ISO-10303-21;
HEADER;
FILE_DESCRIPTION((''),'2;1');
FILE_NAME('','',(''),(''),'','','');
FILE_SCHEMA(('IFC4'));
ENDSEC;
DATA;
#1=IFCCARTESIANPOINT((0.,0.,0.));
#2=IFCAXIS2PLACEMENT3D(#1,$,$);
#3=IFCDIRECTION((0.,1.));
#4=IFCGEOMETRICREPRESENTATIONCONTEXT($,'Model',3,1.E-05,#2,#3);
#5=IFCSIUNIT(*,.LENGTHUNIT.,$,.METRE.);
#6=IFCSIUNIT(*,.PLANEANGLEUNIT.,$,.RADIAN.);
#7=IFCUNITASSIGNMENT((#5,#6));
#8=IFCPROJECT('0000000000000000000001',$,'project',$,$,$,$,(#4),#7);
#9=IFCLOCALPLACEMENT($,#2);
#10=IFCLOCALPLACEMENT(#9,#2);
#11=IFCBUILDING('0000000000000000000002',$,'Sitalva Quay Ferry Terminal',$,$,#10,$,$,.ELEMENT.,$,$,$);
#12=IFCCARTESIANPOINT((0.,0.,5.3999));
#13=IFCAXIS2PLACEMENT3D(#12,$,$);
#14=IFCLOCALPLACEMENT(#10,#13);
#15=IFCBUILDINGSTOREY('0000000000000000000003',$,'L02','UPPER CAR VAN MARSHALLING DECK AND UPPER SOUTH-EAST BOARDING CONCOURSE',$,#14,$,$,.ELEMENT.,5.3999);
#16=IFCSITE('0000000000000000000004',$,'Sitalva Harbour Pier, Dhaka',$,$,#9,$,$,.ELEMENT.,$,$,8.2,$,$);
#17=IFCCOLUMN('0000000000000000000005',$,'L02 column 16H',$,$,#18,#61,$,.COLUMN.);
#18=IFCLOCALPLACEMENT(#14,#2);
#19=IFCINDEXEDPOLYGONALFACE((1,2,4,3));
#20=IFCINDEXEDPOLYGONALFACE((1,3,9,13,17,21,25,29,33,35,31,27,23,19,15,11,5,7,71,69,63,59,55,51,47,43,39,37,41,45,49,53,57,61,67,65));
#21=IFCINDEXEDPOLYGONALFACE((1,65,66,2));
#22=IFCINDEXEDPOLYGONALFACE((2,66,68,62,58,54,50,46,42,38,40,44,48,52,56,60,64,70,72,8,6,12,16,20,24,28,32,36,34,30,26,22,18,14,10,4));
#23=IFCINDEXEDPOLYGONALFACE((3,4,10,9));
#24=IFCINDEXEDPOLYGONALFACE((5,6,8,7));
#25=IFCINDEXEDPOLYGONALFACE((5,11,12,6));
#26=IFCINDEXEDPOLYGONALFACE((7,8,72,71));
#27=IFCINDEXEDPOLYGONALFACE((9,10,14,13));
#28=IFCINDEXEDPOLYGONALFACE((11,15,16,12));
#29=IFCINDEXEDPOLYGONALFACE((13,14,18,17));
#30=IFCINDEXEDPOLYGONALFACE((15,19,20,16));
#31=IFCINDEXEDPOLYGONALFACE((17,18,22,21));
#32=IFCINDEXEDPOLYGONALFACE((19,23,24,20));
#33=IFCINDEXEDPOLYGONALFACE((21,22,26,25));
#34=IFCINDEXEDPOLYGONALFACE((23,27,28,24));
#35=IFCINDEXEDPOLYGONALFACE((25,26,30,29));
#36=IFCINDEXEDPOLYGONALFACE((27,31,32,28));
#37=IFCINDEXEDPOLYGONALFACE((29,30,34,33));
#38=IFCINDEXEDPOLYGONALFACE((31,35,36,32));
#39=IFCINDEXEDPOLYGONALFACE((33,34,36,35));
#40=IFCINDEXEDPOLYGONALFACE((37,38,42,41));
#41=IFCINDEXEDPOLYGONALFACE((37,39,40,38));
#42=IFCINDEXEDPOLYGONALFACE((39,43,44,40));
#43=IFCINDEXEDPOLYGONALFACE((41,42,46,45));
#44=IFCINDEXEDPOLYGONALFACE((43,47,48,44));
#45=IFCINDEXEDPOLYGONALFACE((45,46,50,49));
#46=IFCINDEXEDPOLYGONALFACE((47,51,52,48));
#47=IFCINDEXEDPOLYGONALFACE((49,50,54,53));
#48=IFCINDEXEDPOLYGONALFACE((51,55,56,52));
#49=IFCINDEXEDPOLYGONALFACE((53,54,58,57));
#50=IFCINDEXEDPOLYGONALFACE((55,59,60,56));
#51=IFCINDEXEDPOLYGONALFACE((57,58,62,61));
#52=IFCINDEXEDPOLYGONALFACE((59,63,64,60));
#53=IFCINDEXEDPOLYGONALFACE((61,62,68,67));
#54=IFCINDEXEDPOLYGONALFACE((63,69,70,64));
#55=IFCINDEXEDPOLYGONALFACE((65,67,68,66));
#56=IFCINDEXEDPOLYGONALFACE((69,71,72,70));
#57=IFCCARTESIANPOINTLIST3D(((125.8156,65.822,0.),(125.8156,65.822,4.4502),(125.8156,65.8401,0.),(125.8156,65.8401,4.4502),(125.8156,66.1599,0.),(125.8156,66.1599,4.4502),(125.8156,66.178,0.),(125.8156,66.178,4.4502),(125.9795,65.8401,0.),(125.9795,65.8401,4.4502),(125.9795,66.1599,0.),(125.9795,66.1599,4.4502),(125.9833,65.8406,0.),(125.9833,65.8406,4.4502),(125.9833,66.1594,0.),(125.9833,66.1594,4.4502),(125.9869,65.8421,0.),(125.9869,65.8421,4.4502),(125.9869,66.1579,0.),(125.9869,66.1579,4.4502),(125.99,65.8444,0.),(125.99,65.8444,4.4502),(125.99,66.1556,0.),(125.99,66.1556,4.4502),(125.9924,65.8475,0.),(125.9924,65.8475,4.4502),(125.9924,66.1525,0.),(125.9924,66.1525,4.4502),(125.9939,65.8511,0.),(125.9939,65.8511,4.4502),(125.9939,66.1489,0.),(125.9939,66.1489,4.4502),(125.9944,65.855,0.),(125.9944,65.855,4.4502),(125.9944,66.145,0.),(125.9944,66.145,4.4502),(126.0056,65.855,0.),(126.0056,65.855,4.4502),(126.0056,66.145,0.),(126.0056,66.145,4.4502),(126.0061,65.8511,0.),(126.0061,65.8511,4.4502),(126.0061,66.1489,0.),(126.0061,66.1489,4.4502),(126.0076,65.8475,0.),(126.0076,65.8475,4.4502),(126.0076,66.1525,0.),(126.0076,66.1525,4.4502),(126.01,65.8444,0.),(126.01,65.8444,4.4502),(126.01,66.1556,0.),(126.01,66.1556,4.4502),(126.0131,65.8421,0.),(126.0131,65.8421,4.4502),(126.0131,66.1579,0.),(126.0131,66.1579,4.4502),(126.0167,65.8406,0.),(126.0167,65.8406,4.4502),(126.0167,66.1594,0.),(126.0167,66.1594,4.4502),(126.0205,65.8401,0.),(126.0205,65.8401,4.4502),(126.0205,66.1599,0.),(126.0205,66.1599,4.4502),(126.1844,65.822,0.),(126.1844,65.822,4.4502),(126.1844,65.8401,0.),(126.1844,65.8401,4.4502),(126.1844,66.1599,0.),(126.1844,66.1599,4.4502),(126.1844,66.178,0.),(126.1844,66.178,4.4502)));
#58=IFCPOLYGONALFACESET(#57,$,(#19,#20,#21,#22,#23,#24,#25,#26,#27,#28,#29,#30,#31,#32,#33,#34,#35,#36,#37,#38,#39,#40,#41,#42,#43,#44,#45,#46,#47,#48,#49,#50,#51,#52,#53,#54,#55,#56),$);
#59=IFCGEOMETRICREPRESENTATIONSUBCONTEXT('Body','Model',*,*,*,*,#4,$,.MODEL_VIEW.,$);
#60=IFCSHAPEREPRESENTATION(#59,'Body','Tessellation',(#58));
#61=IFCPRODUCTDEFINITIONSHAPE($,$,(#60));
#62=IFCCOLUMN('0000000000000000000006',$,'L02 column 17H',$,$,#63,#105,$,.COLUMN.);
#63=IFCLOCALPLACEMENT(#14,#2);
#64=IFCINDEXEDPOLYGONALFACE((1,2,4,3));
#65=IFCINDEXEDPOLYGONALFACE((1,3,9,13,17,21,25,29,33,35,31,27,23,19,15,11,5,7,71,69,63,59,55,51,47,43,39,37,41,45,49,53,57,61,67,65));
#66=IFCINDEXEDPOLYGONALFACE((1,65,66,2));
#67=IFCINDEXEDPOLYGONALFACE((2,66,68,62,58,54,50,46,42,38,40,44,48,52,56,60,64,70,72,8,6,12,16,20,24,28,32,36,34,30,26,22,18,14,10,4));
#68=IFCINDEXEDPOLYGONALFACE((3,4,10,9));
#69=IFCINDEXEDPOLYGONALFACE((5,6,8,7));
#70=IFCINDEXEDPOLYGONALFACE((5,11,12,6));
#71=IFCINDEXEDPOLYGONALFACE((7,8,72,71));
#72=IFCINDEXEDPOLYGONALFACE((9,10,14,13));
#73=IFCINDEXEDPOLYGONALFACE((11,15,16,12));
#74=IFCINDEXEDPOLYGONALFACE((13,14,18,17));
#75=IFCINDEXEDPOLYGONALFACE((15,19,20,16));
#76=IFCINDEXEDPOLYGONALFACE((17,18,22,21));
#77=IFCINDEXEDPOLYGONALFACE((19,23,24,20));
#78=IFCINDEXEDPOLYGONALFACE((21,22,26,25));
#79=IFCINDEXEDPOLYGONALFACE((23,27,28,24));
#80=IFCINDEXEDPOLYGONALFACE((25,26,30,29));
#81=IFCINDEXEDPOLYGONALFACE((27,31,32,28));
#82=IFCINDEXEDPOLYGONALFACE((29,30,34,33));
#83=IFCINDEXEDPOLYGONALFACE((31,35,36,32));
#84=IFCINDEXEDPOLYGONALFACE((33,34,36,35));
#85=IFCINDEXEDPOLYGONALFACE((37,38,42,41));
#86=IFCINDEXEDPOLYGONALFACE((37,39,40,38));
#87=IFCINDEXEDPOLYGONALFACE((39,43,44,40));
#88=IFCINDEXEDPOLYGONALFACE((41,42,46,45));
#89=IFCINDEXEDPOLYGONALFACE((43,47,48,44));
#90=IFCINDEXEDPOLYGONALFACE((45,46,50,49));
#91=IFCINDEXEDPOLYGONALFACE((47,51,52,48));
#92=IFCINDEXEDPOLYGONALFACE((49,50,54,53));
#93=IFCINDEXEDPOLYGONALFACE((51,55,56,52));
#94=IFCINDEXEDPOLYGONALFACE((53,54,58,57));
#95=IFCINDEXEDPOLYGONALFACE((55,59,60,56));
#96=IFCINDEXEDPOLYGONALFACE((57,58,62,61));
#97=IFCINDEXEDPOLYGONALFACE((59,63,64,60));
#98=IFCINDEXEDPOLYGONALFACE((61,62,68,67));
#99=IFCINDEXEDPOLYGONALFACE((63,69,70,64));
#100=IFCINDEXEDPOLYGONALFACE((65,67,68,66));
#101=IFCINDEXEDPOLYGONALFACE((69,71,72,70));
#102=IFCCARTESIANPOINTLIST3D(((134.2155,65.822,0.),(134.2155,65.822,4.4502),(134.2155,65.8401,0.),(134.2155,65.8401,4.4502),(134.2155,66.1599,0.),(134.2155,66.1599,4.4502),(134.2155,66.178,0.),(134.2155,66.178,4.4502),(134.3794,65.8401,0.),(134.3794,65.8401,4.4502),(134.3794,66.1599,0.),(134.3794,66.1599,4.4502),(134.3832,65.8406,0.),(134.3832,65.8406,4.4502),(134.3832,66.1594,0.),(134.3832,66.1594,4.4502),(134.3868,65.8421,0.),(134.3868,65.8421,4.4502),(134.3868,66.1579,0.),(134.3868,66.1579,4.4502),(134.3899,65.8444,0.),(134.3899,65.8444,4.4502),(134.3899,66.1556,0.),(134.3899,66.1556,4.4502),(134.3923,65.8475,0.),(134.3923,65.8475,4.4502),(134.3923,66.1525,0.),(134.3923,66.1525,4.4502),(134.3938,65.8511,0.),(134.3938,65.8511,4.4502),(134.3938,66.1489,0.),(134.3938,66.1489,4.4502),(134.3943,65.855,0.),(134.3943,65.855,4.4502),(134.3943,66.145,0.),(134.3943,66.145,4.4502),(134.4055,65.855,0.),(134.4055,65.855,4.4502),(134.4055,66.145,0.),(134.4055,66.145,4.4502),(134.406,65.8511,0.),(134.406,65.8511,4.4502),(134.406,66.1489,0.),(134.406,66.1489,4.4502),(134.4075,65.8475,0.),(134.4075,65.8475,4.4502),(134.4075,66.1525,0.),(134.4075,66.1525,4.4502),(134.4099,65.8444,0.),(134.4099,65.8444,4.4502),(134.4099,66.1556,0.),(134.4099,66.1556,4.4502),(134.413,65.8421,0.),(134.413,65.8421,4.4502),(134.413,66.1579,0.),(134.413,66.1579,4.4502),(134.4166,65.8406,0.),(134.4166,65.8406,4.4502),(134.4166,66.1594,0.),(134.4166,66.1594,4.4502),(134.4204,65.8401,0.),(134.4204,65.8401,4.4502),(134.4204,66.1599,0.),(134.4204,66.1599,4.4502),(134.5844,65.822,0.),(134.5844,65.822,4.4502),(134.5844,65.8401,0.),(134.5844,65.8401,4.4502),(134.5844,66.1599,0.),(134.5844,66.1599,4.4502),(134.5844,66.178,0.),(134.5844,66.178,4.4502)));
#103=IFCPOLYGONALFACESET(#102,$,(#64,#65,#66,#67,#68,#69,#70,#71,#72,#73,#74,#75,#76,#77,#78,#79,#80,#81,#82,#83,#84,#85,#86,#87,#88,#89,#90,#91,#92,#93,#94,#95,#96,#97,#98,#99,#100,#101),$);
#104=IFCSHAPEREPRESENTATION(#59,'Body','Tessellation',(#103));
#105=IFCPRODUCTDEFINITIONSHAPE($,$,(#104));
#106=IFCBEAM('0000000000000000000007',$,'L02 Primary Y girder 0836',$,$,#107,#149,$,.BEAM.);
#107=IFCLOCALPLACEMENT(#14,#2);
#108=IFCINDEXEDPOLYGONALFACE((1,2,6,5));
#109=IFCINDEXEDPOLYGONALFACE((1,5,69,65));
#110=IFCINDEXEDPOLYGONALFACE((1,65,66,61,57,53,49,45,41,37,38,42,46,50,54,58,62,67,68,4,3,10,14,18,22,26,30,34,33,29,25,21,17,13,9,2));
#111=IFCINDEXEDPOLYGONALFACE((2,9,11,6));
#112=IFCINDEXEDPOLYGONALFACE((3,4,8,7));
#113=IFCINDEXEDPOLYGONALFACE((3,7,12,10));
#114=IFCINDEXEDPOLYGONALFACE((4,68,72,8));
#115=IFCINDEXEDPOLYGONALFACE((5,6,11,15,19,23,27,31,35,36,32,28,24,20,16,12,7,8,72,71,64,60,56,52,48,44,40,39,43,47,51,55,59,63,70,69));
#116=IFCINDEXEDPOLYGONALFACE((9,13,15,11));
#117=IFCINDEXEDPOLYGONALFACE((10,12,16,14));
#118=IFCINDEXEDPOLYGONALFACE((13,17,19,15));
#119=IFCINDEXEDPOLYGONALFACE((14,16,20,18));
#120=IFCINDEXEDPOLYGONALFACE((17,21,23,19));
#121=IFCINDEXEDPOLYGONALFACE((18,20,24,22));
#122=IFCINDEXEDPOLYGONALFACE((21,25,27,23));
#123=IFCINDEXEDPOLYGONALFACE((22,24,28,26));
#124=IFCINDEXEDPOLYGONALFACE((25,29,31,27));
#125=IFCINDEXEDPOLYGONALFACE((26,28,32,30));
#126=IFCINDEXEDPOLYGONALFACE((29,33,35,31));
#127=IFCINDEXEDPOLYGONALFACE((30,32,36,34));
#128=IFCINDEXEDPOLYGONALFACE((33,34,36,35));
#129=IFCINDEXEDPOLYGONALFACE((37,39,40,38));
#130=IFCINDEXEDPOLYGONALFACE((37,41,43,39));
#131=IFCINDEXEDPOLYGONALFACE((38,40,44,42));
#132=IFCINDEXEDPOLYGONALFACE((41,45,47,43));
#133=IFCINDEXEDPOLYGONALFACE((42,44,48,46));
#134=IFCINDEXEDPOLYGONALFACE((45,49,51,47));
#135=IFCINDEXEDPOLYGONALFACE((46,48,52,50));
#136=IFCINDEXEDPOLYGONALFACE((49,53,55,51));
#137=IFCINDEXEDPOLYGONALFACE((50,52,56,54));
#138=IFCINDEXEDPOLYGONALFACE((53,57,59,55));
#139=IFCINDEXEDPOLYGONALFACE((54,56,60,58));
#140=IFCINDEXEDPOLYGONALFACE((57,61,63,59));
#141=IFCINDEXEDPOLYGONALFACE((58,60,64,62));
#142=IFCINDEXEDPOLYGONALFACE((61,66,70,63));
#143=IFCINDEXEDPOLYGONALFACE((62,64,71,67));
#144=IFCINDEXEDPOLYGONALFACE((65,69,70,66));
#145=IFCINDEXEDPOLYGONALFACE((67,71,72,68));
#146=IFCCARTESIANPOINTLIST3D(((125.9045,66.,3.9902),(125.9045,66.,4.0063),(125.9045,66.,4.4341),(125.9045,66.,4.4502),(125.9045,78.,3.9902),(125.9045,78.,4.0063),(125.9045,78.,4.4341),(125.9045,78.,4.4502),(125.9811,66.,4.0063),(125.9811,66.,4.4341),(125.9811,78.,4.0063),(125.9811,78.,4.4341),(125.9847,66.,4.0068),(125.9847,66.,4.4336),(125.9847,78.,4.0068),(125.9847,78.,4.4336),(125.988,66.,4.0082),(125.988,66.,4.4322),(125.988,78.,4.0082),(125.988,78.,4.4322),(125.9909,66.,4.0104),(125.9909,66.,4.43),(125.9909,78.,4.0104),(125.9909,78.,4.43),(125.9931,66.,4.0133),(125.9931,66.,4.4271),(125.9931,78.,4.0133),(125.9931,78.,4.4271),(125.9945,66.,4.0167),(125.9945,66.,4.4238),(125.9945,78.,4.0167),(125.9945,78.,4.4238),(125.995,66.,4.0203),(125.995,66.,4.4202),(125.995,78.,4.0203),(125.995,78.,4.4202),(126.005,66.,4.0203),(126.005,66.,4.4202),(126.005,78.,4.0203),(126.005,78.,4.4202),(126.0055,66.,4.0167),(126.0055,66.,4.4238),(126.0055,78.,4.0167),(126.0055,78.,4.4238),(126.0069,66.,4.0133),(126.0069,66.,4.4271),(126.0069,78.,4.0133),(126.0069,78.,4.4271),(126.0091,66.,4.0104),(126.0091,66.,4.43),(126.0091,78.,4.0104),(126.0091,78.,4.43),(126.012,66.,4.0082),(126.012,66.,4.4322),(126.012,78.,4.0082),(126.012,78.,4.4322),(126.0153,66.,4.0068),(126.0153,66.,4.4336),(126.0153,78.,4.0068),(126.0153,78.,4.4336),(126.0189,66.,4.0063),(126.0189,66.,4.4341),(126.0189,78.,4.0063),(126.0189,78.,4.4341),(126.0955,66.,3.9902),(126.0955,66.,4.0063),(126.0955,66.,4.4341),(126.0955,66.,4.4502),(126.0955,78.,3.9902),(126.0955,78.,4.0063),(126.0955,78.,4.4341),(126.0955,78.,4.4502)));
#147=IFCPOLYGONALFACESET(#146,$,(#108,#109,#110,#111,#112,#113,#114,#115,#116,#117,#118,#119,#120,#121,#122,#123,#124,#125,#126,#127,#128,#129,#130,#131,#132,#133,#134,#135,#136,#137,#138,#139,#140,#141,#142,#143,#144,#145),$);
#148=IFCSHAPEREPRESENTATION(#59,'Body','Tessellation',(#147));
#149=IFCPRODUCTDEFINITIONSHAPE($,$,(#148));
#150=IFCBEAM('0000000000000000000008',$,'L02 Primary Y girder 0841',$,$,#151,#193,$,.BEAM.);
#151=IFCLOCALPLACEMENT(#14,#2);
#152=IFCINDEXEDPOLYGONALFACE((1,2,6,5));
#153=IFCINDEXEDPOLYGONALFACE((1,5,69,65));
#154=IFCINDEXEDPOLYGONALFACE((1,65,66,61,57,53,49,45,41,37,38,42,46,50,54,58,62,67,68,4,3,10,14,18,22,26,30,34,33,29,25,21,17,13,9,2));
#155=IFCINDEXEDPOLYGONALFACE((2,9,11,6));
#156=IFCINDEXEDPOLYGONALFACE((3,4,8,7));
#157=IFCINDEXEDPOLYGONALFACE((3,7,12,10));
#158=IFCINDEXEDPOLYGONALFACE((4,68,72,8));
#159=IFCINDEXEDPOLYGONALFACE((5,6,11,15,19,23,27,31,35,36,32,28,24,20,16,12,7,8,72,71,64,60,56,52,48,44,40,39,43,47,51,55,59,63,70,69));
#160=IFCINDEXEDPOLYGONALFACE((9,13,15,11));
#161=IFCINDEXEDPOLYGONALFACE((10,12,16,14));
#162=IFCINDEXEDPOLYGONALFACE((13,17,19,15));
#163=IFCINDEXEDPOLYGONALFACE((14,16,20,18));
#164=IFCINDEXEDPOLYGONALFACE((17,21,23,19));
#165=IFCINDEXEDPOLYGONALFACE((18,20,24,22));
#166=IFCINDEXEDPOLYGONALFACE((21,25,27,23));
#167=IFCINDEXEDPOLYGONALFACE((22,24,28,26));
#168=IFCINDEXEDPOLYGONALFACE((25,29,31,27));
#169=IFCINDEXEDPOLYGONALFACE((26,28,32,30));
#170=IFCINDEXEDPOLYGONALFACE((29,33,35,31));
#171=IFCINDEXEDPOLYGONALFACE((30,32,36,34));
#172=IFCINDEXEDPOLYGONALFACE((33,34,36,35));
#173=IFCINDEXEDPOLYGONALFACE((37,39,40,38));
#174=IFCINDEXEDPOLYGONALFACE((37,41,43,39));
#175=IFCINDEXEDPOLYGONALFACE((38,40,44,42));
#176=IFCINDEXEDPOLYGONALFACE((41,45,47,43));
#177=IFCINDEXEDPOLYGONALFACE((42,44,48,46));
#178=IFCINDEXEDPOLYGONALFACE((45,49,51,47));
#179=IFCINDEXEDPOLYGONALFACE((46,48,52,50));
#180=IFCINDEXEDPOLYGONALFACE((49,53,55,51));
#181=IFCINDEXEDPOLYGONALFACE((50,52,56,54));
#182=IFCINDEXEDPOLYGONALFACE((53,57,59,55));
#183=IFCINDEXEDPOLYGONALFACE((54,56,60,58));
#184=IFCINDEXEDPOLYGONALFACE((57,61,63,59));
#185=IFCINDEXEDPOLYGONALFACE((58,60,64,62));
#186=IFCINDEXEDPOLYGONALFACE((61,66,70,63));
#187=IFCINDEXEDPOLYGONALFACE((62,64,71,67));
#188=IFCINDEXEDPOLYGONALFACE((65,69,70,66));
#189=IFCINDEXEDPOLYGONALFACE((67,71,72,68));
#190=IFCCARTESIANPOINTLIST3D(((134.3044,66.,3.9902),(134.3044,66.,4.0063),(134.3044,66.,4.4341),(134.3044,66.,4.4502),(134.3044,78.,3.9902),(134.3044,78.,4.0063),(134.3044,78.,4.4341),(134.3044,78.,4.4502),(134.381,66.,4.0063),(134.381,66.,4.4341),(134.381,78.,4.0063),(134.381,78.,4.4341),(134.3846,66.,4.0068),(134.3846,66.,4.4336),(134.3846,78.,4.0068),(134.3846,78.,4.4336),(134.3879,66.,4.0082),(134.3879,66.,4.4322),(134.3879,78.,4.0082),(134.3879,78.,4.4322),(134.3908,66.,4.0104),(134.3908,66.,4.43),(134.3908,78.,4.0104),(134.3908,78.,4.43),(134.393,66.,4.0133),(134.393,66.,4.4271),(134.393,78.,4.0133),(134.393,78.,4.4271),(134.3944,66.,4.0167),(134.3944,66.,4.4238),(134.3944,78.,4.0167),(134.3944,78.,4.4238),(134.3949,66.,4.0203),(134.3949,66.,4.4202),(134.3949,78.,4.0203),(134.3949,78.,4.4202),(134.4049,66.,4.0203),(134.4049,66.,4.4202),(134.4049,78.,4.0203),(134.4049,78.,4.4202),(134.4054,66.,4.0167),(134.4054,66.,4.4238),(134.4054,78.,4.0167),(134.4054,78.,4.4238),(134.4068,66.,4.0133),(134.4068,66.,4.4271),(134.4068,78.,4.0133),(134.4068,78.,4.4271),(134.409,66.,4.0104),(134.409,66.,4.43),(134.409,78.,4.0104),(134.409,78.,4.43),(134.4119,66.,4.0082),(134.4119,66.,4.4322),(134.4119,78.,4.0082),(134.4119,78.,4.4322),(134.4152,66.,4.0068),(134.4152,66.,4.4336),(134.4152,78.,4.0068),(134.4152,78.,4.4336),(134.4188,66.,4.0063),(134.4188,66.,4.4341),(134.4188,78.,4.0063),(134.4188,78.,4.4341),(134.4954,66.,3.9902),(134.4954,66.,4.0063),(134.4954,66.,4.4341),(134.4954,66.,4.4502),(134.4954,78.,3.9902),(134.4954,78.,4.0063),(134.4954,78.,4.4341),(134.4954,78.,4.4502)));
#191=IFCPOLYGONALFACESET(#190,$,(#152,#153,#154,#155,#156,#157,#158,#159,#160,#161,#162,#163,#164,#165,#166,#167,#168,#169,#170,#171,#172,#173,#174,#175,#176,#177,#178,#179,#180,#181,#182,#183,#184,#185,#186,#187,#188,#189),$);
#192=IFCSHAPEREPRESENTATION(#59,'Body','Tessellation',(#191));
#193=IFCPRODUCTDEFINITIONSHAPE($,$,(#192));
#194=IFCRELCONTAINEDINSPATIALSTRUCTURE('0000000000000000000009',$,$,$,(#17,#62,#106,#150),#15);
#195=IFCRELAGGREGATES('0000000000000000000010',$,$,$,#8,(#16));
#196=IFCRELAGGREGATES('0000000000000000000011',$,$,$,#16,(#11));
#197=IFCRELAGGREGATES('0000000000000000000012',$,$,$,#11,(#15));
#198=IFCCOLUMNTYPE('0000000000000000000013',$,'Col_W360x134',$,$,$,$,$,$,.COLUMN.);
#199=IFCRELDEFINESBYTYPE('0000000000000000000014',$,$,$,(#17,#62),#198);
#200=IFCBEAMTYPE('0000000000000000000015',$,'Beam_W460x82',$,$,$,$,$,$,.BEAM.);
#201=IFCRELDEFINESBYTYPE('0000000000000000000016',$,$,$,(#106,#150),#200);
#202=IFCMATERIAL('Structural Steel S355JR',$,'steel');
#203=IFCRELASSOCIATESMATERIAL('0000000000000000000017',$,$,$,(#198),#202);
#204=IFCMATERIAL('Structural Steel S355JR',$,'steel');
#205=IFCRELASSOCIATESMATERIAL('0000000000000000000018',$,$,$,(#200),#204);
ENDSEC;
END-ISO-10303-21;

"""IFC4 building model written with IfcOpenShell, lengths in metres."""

from ifc_helpers import new_model, si_unit, direction, frame, origin, origin_2d, place, context, subcontext, project, spatial, i_section, extrude, material, material_profile, profile_set, type_object, element, save


model = new_model("IFC4")

# Units and contexts
model_context = context("Model", 3, precision=1e-05, world=origin(), true_north=direction((0.0, 1.0)))
body_context = subcontext(model_context, "Body", "Model", "MODEL_VIEW")
ifc_project = project(units=[si_unit("LENGTHUNIT", "METRE"), si_unit("PLANEANGLEUNIT", "RADIAN")], contexts=[model_context])

# Site, building, storey
site_placement = place(None, origin())
site = spatial("IfcSite", under=ifc_project, at=site_placement, Name="Sitalva Harbour Pier, Dhaka", CompositionType="ELEMENT", RefElevation=8.2)
building_placement = place(site_placement, origin())
building = spatial("IfcBuilding", under=site, at=building_placement, Name="Sitalva Quay Ferry Terminal", CompositionType="ELEMENT")
storey_placement = place(building_placement, frame((0.0, 0.0, 5.3999)))
storey = spatial("IfcBuildingStorey", under=building, at=storey_placement, Name="L02", Description="UPPER CAR VAN MARSHALLING DECK AND UPPER SOUTH-EAST BOARDING CONCOURSE", CompositionType="ELEMENT", Elevation=5.3999)

# Columns
ifc_material_1 = material(Name="Structural Steel S355JR", Category="steel")
ifc_material_profile_1 = material_profile(ifc_material_1, i_section(OverallWidth=0.3689, OverallDepth=0.356, WebThickness=0.0112, FlangeThickness=0.0181, FilletRadius=0.0149, at=origin_2d()), Name="W360x134")
ifc_profile_set_1 = profile_set([ifc_material_profile_1], Name="Structural Steel S355JR")
column_type = type_object("IfcColumnType", Name="Col_W360x134", PredefinedType="COLUMN", material=ifc_profile_set_1)
for number, where, z_axis, x_axis, name in (
    (1, (126.0, 66.0, 0.0), (0.0, 0.0, 1.0), (1.0, 0.0, 0.0), "L02 column 16H"),
    (2, (134.3999, 66.0, 0.0), (0.0, 0.0, 1.0), (1.0, 0.0, 0.0), "L02 column 17H"),
):
    element("IfcColumn", number, at=place(storey_placement, frame(where, z_axis=z_axis, x_axis=x_axis)), inside=storey, type_object=column_type, Name=name, PredefinedType="COLUMN", context=body_context, shape_type="SweptSolid", body=[
        extrude(i_section(OverallWidth=0.3689, OverallDepth=0.356, WebThickness=0.0112, FlangeThickness=0.0181, FilletRadius=0.0149, at=origin_2d()), origin(), (0.0, 0.0, 1.0), 4.4502),
    ])

# Beams
ifc_material_2 = material(Name="Structural Steel S355JR", Category="steel")
ifc_material_profile_2 = material_profile(ifc_material_2, i_section(OverallWidth=0.1909, OverallDepth=0.46, WebThickness=0.01, FlangeThickness=0.0161, FilletRadius=0.0139, at=origin_2d()), Name="W460x82")
ifc_profile_set_2 = profile_set([ifc_material_profile_2], Name="Structural Steel S355JR")
beam_type_1 = type_object("IfcBeamType", Name="Beam_W460x82", PredefinedType="BEAM", material=ifc_profile_set_2)
for number, where, z_axis, x_axis, name in (
    (3, (126.0, 66.0, 4.2202), (0.0, 1.0, 0.0), (-1.0, 0.0, 0.0), "L02 Primary Y girder 0836"),
    (4, (134.3999, 66.0, 4.2202), (0.0, 1.0, 0.0), (-1.0, 0.0, 0.0), "L02 Primary Y girder 0841"),
):
    element("IfcBeam", number, at=place(storey_placement, frame(where, z_axis=z_axis, x_axis=x_axis)), inside=storey, type_object=beam_type_1, Name=name, PredefinedType="BEAM", context=body_context, shape_type="SweptSolid", body=[
        extrude(i_section(OverallWidth=0.1909, OverallDepth=0.46, WebThickness=0.01, FlangeThickness=0.0161, FilletRadius=0.0139, at=origin_2d()), origin(), (0.0, 0.0, 1.0), 12.0),
    ])

save(model, "model.ifc")
